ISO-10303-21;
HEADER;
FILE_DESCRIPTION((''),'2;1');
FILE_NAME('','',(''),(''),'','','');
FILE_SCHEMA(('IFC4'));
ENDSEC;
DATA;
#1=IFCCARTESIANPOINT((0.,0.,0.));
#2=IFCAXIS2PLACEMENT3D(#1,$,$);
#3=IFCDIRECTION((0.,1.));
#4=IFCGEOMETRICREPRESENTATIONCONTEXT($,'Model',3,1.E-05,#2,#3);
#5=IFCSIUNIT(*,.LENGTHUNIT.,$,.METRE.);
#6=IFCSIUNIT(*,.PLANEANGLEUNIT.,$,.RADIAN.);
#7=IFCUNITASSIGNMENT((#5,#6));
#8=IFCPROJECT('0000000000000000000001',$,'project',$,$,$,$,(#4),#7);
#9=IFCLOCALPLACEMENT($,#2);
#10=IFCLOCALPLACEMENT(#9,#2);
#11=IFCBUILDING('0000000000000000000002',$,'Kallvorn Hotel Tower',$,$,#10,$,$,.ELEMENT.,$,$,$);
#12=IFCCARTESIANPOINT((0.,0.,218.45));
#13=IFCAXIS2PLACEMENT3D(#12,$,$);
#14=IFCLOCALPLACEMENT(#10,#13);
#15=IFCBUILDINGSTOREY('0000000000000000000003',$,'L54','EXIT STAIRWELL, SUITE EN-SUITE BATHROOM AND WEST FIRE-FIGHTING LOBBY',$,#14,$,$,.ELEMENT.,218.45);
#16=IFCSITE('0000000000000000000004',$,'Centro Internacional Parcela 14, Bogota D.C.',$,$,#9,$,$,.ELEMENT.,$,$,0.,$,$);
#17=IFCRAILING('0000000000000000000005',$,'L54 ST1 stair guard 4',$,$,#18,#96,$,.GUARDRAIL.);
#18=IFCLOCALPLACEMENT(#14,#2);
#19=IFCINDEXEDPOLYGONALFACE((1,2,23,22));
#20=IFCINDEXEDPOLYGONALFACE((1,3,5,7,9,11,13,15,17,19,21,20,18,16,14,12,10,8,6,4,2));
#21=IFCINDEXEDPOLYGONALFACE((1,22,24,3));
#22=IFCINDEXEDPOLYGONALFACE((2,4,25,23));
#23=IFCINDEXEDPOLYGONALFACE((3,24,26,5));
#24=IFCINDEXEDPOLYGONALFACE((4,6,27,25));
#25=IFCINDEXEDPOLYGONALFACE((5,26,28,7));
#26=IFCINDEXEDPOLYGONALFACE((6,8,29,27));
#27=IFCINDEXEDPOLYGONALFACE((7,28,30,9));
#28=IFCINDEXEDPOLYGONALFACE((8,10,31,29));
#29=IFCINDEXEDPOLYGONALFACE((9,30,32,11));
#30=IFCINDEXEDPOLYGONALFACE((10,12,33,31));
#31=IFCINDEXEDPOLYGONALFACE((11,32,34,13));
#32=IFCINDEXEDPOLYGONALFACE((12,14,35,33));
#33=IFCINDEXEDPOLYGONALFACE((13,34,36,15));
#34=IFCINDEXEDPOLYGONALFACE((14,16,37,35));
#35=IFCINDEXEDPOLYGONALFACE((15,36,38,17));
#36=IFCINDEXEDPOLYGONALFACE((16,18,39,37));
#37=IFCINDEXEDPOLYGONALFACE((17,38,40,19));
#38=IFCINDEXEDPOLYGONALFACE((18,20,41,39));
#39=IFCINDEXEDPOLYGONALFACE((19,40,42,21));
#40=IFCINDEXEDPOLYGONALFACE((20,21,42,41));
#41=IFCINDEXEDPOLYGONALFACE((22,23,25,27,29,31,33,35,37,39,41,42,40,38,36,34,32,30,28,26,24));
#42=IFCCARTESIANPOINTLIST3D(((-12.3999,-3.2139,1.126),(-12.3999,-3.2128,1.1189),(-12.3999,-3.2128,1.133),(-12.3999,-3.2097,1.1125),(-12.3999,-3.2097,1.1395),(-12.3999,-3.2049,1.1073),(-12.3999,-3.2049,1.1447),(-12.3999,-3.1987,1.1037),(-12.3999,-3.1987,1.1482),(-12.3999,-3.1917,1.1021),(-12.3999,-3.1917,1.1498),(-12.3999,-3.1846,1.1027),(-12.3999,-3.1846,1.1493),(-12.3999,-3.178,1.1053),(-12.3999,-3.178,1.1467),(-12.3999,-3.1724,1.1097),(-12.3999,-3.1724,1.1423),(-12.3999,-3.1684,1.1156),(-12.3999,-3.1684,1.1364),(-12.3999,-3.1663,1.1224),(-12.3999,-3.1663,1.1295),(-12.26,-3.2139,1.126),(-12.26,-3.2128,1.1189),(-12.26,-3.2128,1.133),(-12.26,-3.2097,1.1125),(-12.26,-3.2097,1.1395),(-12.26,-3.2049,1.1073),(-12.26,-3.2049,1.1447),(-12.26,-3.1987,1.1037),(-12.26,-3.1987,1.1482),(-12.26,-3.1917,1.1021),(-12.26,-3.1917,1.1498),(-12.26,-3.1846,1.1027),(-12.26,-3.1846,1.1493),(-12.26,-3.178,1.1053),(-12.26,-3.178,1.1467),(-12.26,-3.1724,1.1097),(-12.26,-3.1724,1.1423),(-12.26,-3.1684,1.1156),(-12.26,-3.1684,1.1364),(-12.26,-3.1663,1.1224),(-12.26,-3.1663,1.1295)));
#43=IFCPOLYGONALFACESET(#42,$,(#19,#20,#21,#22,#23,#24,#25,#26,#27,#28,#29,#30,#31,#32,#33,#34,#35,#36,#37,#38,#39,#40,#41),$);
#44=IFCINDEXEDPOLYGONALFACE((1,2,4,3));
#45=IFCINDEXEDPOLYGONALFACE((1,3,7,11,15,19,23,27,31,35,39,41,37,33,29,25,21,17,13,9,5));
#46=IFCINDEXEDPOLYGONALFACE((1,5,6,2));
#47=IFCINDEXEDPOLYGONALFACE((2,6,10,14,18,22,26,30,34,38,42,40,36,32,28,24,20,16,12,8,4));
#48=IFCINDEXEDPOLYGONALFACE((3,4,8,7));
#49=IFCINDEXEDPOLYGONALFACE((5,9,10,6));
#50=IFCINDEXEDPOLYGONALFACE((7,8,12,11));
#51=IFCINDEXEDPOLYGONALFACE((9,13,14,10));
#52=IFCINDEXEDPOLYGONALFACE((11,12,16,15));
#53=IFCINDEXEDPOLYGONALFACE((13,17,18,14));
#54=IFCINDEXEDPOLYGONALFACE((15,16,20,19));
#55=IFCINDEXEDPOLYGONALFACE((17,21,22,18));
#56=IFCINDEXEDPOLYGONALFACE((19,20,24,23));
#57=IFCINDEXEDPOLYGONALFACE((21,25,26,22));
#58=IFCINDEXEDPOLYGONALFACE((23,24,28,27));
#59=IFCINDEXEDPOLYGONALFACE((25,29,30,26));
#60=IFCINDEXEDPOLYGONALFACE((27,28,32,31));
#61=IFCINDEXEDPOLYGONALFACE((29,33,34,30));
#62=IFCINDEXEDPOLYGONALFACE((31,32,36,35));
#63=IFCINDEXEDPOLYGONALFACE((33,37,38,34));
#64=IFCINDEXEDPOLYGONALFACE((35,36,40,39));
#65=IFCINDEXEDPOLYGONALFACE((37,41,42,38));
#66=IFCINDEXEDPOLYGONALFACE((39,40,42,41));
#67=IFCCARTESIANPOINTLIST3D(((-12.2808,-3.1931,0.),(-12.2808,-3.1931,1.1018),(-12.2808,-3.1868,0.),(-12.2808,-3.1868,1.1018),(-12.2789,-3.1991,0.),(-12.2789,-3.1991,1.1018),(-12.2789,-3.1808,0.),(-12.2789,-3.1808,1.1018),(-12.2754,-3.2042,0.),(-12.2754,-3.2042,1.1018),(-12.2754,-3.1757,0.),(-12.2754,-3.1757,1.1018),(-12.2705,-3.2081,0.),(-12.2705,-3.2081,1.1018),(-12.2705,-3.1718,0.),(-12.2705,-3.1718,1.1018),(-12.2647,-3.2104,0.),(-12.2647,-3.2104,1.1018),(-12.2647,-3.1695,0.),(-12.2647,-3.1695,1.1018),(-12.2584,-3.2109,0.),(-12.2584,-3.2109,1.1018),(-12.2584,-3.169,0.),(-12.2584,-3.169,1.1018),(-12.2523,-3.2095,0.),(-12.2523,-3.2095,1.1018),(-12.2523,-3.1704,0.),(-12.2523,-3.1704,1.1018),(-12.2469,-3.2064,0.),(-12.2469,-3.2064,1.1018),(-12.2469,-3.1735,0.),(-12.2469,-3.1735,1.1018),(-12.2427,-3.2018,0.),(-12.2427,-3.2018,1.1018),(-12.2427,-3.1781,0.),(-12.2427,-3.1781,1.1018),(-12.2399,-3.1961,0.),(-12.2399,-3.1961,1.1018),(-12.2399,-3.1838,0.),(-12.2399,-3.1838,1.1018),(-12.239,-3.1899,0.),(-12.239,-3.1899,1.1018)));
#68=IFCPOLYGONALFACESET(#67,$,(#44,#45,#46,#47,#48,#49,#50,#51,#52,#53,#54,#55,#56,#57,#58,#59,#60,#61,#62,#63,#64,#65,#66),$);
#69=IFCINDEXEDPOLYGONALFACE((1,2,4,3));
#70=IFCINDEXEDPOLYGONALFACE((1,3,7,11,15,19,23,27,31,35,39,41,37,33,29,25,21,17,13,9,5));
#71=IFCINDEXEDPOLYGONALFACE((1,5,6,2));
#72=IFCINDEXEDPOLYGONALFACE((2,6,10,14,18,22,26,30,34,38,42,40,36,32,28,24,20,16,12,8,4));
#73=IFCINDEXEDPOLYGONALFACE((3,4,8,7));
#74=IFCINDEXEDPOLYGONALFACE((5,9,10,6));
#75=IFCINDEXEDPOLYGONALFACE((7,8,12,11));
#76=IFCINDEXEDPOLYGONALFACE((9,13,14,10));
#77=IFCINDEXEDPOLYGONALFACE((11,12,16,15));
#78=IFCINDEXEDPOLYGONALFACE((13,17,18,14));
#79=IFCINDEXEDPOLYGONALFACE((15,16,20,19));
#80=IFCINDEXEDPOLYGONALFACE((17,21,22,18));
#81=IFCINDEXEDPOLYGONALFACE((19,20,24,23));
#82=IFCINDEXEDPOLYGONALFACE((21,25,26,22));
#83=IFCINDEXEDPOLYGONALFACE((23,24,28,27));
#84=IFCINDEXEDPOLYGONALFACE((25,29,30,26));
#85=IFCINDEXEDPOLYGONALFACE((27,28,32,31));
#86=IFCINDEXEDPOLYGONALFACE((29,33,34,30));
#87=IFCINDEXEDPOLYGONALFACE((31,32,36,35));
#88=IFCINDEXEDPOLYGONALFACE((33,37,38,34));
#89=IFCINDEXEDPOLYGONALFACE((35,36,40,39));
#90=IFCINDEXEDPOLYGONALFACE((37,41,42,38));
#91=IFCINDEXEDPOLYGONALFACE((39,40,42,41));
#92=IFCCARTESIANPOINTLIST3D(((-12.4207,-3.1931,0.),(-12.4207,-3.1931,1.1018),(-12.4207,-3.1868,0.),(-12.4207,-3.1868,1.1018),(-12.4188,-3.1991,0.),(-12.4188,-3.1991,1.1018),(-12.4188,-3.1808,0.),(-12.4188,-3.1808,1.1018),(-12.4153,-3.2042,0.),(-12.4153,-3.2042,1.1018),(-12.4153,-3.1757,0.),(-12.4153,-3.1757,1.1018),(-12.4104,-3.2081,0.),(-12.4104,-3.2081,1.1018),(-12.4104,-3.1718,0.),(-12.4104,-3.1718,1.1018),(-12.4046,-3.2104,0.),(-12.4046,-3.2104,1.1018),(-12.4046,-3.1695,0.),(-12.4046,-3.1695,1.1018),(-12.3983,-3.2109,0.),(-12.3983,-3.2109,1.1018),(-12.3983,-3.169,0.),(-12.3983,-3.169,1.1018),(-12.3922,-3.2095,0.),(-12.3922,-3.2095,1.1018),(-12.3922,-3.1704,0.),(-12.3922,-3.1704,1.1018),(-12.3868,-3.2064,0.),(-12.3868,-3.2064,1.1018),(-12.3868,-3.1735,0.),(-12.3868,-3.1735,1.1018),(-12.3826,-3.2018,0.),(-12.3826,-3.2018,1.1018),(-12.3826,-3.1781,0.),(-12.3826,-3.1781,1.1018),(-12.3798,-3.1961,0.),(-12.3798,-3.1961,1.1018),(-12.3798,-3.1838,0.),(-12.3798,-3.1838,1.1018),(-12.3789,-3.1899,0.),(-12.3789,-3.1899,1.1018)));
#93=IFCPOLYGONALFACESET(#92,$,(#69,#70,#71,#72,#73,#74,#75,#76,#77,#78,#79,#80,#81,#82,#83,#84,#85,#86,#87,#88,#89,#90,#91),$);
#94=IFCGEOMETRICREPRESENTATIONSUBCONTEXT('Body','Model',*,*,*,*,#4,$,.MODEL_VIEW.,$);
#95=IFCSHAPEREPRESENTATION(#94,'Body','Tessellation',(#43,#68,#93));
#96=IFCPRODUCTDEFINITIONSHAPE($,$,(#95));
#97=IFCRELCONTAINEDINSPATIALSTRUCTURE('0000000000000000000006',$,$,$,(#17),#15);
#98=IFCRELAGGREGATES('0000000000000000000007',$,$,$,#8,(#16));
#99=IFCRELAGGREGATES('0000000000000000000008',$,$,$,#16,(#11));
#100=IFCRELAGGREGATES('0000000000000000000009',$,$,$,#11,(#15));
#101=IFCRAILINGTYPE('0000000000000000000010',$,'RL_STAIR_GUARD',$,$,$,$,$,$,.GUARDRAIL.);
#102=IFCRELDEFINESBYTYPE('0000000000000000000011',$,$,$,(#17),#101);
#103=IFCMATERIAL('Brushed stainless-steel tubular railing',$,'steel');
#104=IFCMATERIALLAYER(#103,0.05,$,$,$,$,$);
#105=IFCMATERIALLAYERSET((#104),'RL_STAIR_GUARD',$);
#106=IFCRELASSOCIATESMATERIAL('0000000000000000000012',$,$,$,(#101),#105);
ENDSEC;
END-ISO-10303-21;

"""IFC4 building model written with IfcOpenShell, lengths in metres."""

from ifc_helpers import new_model, si_unit, direction, frame, origin, origin_2d, place, context, subcontext, project, spatial, circle, extrude, material, layer, layer_set, type_object, element, save


model = new_model("IFC4")

# Units and contexts
model_context = context("Model", 3, precision=1e-05, world=origin(), true_north=direction((0.0, 1.0)))
body_context = subcontext(model_context, "Body", "Model", "MODEL_VIEW")
ifc_project = project(units=[si_unit("LENGTHUNIT", "METRE"), si_unit("PLANEANGLEUNIT", "RADIAN")], contexts=[model_context])

# Site, building, storey
site_placement = place(None, origin())
site = spatial("IfcSite", under=ifc_project, at=site_placement, Name="Centro Internacional Parcela 14, Bogota D.C.", CompositionType="ELEMENT", RefElevation=0.0)
building_placement = place(site_placement, origin())
building = spatial("IfcBuilding", under=site, at=building_placement, Name="Kallvorn Hotel Tower", CompositionType="ELEMENT")
storey_placement = place(building_placement, frame((0.0, 0.0, 218.45)))
storey = spatial("IfcBuildingStorey", under=building, at=storey_placement, Name="L54", Description="EXIT STAIRWELL, SUITE EN-SUITE BATHROOM AND WEST FIRE-FIGHTING LOBBY", CompositionType="ELEMENT", Elevation=218.45)

# Railing
ifc_material_1 = material(Name="Brushed stainless-steel tubular railing", Category="steel")
ifc_layer_1 = layer(ifc_material_1, 0.05)
ifc_layer_set_1 = layer_set([ifc_layer_1], Name="RL_STAIR_GUARD")
railing_type_1 = type_object("IfcRailingType", Name="RL_STAIR_GUARD", PredefinedType="GUARDRAIL", material=ifc_layer_set_1)
railing_1_placement = place(storey_placement, frame((-12.26, -3.1899, 0.0)))
element("IfcRailing", 1, at=railing_1_placement, inside=storey, type_object=railing_type_1, Name="L54 ST1 stair guard 4", PredefinedType="GUARDRAIL", context=body_context, shape_type="SweptSolid", body=[
    extrude(circle(Radius=0.0239, at=origin_2d()), frame((0.0, 0.0, 1.126), z_axis=(-1.0, 0.0, 0.0), x_axis=(0.0, -1.0, 0.0)), (0.0, 0.0, 1.0), 0.1399),
    extrude(circle(Radius=0.021, at=origin_2d()), origin(), (0.0, 0.0, 1.0), 1.1018),
    extrude(circle(Radius=0.021, at=origin_2d()), frame((-0.1399, 0.0, 0.0)), (0.0, 0.0, 1.0), 1.1018),
])

save(model, "model.ifc")
